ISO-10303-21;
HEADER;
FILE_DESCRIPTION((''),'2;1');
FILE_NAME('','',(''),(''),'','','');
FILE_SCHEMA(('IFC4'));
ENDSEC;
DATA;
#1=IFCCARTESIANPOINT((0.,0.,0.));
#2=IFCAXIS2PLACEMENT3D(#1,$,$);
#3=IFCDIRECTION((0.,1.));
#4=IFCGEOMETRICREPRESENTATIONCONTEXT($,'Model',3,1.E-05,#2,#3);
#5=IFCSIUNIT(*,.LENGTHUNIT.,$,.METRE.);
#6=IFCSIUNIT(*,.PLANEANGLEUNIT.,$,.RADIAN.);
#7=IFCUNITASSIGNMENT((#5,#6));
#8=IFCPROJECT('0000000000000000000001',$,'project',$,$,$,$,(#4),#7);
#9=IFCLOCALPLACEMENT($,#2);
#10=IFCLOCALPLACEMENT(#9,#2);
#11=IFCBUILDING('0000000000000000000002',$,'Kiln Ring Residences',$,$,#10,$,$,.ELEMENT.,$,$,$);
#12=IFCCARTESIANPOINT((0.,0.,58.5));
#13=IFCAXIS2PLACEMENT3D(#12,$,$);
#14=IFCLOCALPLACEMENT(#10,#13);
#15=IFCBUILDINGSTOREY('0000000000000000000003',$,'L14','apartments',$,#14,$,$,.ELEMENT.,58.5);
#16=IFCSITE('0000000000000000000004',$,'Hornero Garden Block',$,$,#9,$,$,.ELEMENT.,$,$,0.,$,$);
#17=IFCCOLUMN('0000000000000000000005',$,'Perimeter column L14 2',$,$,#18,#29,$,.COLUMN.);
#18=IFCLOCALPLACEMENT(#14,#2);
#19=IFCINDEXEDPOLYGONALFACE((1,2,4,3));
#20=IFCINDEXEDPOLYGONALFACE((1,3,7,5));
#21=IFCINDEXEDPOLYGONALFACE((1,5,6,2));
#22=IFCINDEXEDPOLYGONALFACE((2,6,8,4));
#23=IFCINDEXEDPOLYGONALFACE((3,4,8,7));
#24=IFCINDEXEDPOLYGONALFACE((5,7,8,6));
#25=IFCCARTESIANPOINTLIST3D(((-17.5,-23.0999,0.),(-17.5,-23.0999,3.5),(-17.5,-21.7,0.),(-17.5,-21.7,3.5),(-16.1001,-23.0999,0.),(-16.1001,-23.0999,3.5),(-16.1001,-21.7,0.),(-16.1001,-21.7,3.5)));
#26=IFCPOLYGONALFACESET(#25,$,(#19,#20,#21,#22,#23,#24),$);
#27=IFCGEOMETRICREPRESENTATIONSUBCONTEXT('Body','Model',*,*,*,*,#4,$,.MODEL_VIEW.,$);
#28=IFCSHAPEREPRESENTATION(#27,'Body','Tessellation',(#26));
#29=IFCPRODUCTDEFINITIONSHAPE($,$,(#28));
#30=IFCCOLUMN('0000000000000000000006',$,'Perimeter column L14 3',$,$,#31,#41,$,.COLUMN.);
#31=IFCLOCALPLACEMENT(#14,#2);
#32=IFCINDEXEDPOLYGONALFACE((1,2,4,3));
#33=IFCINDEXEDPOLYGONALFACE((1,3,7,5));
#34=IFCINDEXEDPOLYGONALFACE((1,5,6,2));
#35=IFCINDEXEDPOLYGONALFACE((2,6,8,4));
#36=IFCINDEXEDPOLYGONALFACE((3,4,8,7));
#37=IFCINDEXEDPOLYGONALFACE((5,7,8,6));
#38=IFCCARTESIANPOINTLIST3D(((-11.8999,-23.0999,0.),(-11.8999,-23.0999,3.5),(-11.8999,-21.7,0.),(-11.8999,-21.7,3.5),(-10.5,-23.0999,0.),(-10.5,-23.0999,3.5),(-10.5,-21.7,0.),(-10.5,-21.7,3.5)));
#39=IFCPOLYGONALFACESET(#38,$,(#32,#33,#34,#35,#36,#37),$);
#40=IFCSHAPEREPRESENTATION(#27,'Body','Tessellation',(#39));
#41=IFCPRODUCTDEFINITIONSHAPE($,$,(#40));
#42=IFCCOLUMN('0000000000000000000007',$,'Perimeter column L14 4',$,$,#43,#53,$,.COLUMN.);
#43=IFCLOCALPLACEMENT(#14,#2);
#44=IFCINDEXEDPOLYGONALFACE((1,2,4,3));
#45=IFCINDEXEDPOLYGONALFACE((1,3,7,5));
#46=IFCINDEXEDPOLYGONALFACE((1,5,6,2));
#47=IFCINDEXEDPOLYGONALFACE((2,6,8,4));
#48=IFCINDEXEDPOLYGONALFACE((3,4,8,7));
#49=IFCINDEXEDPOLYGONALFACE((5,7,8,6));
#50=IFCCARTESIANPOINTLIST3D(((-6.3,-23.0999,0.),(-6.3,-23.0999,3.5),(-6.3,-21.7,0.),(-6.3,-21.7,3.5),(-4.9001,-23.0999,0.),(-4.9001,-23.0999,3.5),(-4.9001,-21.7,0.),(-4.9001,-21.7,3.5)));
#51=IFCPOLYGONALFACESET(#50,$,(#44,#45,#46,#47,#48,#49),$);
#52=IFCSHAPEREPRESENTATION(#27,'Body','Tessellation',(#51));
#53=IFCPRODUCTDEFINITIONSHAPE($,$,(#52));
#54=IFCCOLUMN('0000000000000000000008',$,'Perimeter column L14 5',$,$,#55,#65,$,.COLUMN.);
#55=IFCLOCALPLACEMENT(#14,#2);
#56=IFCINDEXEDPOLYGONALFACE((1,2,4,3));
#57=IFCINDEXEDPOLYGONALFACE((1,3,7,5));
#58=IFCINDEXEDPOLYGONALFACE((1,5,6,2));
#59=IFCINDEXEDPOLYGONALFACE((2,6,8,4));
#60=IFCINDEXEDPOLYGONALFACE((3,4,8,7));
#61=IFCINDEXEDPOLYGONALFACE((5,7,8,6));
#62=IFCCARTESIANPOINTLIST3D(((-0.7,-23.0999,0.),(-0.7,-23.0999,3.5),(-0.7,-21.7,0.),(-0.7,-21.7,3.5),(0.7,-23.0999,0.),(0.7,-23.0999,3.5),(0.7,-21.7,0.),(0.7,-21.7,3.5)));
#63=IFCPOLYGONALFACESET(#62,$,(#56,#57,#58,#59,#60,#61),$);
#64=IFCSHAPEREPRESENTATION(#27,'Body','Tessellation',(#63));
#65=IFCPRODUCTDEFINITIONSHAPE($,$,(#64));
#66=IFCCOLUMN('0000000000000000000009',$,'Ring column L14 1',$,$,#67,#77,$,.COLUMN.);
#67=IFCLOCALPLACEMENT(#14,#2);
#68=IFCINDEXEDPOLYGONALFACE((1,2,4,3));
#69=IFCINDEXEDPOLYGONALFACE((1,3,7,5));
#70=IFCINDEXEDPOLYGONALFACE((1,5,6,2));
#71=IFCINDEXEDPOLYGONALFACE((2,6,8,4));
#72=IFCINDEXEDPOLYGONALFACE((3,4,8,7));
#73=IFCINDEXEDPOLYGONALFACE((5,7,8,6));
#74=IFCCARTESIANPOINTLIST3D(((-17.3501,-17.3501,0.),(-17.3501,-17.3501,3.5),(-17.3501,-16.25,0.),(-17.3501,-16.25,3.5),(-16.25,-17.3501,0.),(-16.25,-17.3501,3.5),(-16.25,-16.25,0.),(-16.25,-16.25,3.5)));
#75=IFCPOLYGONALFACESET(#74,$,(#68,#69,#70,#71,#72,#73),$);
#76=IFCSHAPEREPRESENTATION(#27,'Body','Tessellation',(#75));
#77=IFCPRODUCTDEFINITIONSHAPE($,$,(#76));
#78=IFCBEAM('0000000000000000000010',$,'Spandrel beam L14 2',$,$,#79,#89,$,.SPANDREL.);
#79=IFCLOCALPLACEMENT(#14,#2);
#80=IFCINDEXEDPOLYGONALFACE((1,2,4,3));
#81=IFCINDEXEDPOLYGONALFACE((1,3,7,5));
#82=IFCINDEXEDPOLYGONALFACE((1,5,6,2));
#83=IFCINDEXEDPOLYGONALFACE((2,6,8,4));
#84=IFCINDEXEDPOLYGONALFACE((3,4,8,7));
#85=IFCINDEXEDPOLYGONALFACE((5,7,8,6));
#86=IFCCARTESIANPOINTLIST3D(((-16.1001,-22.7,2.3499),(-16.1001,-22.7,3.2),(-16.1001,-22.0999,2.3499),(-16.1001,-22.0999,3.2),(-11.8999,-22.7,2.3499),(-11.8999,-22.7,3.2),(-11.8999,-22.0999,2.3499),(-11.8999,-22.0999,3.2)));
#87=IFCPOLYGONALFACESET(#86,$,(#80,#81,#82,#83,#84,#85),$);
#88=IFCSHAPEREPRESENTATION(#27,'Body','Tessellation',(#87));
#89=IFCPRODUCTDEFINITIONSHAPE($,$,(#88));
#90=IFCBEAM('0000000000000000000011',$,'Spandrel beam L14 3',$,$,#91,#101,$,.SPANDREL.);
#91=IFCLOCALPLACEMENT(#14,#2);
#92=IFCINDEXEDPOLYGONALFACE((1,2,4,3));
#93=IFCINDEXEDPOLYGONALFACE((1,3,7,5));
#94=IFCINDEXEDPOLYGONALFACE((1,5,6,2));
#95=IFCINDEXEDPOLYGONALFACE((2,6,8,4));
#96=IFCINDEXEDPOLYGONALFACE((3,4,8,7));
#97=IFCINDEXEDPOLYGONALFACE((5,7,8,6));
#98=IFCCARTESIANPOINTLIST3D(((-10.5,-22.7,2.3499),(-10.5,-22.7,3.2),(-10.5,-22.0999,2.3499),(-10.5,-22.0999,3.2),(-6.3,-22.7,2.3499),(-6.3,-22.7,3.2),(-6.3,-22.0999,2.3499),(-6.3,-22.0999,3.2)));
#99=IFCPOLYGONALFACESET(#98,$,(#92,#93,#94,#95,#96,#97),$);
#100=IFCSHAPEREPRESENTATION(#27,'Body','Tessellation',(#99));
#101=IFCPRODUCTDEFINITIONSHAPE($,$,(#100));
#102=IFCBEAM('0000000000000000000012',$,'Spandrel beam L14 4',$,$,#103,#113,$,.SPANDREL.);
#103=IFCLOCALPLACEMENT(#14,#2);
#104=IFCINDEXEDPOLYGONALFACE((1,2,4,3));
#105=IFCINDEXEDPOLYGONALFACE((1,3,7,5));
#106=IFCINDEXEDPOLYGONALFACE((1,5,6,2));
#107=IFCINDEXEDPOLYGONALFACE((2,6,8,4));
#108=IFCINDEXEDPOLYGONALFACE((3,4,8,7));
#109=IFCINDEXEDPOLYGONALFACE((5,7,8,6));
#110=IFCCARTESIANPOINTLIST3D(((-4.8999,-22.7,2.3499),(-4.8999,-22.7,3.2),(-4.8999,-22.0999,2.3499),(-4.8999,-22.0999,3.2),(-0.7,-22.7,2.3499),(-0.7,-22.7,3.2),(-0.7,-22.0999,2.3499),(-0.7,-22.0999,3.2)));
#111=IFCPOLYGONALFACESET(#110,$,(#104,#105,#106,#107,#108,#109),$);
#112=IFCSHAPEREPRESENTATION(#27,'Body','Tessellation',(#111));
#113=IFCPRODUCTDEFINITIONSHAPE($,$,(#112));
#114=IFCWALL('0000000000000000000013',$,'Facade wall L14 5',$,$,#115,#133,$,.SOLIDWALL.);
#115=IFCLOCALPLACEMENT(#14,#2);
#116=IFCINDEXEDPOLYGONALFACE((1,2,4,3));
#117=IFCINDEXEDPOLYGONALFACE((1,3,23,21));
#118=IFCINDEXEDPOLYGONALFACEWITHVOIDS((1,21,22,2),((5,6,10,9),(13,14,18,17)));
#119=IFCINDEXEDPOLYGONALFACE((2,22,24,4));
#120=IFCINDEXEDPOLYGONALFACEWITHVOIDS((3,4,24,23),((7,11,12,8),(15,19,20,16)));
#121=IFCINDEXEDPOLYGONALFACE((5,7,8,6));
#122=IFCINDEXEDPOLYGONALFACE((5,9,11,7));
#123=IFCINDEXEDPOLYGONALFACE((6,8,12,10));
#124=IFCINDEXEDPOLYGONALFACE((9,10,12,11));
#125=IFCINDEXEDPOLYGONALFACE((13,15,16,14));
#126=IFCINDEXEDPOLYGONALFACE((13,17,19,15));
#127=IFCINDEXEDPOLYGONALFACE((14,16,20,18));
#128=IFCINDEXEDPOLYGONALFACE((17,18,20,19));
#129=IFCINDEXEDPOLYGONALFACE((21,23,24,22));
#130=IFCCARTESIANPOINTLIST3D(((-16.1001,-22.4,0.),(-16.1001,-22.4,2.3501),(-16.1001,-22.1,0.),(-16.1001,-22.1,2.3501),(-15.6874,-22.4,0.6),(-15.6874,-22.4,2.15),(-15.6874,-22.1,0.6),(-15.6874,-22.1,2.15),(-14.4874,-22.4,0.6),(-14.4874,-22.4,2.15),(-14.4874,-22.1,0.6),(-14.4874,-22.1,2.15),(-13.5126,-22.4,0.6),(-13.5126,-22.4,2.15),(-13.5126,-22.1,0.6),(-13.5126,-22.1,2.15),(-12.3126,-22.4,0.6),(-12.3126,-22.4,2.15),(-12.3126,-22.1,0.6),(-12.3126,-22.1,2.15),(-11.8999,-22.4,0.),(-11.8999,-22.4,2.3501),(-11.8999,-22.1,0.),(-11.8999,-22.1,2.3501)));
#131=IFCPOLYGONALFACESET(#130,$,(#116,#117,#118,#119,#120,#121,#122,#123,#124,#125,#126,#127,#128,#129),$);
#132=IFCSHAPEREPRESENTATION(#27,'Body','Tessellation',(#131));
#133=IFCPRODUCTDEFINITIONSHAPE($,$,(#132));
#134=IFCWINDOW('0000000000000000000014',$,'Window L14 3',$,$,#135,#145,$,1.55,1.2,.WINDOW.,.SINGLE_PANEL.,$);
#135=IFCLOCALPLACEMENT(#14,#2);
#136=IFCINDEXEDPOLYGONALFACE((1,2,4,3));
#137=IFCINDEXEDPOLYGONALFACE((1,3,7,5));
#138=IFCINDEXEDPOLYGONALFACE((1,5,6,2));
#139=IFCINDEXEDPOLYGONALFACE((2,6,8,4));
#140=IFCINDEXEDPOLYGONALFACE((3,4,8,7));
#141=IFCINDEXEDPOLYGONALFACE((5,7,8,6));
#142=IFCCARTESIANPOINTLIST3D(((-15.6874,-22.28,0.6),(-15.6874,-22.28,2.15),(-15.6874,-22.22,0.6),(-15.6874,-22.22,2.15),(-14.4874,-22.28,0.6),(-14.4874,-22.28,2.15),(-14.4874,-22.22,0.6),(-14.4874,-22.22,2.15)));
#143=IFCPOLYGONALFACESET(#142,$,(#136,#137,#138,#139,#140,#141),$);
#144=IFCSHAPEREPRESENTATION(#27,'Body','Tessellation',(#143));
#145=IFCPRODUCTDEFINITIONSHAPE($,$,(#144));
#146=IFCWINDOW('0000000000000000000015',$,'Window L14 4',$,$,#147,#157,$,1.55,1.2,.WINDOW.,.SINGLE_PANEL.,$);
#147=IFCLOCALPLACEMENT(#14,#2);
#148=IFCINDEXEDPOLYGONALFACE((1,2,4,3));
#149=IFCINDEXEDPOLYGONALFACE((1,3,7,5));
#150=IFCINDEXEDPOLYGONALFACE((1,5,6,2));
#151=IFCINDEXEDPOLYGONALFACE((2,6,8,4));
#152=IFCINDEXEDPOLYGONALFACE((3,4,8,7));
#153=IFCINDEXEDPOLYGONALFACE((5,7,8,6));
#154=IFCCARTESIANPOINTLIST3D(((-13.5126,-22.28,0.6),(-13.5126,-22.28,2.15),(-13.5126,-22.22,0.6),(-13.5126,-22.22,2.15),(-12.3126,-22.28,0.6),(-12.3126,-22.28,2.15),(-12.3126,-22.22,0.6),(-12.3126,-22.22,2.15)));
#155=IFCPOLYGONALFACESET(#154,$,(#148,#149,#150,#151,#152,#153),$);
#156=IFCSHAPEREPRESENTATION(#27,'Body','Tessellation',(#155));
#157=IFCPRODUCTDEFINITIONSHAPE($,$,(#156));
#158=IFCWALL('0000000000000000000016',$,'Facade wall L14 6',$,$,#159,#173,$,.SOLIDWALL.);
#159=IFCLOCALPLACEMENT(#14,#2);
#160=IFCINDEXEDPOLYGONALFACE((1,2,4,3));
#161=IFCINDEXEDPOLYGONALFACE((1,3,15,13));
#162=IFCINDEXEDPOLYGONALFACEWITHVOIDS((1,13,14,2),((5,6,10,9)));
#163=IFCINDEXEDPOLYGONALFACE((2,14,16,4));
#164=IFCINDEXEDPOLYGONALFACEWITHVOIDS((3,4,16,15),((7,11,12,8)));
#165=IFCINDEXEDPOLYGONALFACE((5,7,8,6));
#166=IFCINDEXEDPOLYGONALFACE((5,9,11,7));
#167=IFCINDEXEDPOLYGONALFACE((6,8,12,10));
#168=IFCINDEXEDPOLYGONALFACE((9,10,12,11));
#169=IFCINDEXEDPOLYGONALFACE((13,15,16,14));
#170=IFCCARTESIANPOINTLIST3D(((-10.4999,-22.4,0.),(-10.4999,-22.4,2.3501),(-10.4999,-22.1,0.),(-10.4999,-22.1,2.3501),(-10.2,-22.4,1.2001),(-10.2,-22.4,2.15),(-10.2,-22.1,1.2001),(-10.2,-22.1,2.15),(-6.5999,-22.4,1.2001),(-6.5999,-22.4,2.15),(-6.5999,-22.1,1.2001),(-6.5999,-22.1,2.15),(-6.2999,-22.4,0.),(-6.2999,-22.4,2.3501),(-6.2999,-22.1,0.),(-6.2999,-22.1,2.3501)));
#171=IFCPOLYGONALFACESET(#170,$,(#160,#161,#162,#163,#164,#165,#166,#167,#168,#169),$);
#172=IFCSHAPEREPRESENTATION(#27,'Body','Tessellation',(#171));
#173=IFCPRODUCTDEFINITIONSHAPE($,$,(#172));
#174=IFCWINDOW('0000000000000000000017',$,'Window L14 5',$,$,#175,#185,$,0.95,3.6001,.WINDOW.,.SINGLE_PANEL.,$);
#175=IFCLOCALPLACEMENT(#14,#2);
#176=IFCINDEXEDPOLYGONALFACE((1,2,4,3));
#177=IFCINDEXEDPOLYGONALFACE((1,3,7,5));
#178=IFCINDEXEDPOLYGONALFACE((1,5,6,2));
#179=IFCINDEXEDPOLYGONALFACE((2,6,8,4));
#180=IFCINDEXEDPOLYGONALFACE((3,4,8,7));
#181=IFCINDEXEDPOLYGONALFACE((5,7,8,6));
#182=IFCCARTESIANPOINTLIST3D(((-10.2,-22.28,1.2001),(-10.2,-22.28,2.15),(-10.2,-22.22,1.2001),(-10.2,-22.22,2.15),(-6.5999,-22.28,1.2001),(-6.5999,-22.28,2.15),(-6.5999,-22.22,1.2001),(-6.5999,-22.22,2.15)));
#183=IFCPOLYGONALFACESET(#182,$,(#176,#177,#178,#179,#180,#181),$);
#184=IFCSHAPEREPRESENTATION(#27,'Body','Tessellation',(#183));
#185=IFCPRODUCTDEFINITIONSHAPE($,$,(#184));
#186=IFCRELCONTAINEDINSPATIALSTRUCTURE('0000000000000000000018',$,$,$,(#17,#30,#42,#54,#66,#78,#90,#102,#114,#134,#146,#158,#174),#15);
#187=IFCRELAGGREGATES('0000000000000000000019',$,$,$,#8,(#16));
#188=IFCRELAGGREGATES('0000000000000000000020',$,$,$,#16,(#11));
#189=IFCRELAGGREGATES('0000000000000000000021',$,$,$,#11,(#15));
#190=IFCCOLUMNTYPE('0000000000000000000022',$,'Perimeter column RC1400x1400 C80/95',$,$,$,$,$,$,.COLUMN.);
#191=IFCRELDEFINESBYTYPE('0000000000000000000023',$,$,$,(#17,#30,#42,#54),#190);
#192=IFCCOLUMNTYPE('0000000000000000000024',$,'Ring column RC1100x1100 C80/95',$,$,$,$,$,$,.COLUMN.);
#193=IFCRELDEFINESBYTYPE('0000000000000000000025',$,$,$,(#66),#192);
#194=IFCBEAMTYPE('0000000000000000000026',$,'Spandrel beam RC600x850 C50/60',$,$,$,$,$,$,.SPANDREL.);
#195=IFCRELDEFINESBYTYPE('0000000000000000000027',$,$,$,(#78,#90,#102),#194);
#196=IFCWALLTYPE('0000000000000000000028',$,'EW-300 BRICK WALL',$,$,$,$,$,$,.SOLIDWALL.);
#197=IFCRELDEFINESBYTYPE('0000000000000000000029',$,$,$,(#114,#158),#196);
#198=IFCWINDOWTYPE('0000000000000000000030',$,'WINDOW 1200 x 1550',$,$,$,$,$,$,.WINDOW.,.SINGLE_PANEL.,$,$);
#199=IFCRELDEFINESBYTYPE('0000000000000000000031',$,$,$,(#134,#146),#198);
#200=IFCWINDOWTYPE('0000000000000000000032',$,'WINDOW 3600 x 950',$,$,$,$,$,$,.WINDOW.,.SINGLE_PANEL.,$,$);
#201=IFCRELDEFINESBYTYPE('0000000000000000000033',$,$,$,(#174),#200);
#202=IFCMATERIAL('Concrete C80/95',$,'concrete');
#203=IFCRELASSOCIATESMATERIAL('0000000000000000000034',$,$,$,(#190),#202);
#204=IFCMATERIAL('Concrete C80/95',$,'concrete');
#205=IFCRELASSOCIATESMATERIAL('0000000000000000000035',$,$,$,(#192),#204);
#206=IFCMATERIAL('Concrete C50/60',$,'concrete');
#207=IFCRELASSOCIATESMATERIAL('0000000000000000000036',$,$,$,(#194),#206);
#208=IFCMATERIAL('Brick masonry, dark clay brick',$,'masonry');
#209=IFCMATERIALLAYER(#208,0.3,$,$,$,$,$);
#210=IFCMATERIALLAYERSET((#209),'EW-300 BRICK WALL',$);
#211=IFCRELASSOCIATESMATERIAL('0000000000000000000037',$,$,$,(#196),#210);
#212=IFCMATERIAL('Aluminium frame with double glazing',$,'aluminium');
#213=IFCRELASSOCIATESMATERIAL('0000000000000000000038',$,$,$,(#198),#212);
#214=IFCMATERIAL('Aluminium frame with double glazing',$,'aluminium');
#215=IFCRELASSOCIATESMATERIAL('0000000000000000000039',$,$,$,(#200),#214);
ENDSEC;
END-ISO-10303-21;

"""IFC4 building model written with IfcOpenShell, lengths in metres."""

from ifc_helpers import new_model, si_unit, direction, frame, frame_2d, origin, origin_2d, place, context, subcontext, project, spatial, rectangle, extrude, material, layer, layer_set, material_profile, profile_set, type_object, element, fill, save


model = new_model("IFC4")

# Units and contexts
model_context = context("Model", 3, precision=1e-05, world=origin(), true_north=direction((0.0, 1.0)))
body_context = subcontext(model_context, "Body", "Model", "MODEL_VIEW")
ifc_project = project(units=[si_unit("LENGTHUNIT", "METRE"), si_unit("PLANEANGLEUNIT", "RADIAN")], contexts=[model_context])

# Site, building, storey
site_placement = place(None, origin())
site = spatial("IfcSite", under=ifc_project, at=site_placement, Name="Hornero Garden Block", CompositionType="ELEMENT", RefElevation=0.0)
building_placement = place(site_placement, origin())
building = spatial("IfcBuilding", under=site, at=building_placement, Name="Kiln Ring Residences", CompositionType="ELEMENT")
storey_placement = place(building_placement, frame((0.0, 0.0, 58.5)))
storey = spatial("IfcBuildingStorey", under=building, at=storey_placement, Name="L14", Description="apartments", CompositionType="ELEMENT", Elevation=58.5)

# Columns
ifc_material_1 = material(Name="Concrete C80/95", Category="concrete")
ifc_material_profile_1 = material_profile(ifc_material_1, rectangle(XDim=1.3999, YDim=1.3999, at=origin_2d()), Name="RC1400x1400")
ifc_profile_set_1 = profile_set([ifc_material_profile_1], Name="Concrete C80/95")
column_type_1 = type_object("IfcColumnType", Name="Perimeter column RC1400x1400 C80/95", PredefinedType="COLUMN", material=ifc_profile_set_1)
for number, where, z_axis, x_axis, name in (
    (1, (-16.8, -22.3999, 0.0), (0.0, 0.0, 1.0), (1.0, 0.0, 0.0), "Perimeter column L14 2"),
    (2, (-11.2, -22.3999, 0.0), (0.0, 0.0, 1.0), (1.0, 0.0, 0.0), "Perimeter column L14 3"),
    (3, (-5.6001, -22.3999, 0.0), (0.0, 0.0, 1.0), (1.0, 0.0, 0.0), "Perimeter column L14 4"),
    (4, (0.0, -22.3999, 0.0), (0.0, 0.0, 1.0), (1.0, 0.0, 0.0), "Perimeter column L14 5"),
):
    element("IfcColumn", number, at=place(storey_placement, frame(where, z_axis=z_axis, x_axis=x_axis)), inside=storey, type_object=column_type_1, Name=name, PredefinedType="COLUMN", context=body_context, shape_type="SweptSolid", body=[
        extrude(rectangle(XDim=1.3999, YDim=1.3999, at=origin_2d()), origin(), (0.0, 0.0, 1.0), 3.5),
    ])
ifc_material_2 = material(Name="Concrete C80/95", Category="concrete")
ifc_material_profile_2 = material_profile(ifc_material_2, rectangle(XDim=1.1001, YDim=1.1001, at=origin_2d()), Name="RC1100x1100")
ifc_profile_set_2 = profile_set([ifc_material_profile_2], Name="Concrete C80/95")
column_type_2 = type_object("IfcColumnType", Name="Ring column RC1100x1100 C80/95", PredefinedType="COLUMN", material=ifc_profile_set_2)
column_placement = place(storey_placement, frame((-16.8, -16.8, 0.0), z_axis=(0.0, 0.0, 1.0), x_axis=(1.0, 0.0, 0.0)))
element("IfcColumn", 5, at=column_placement, inside=storey, type_object=column_type_2, Name="Ring column L14 1", PredefinedType="COLUMN", context=body_context, shape_type="SweptSolid", body=[
    extrude(rectangle(XDim=1.1001, YDim=1.1001, at=origin_2d()), origin(), (0.0, 0.0, 1.0), 3.5),
])

# Beams
ifc_material_3 = material(Name="Concrete C50/60", Category="concrete")
ifc_material_profile_3 = material_profile(ifc_material_3, rectangle(XDim=0.6001, YDim=0.8501, at=origin_2d()), Name="RC600x850")
ifc_profile_set_3 = profile_set([ifc_material_profile_3], Name="Concrete C50/60")
beam_type = type_object("IfcBeamType", Name="Spandrel beam RC600x850 C50/60", PredefinedType="SPANDREL", material=ifc_profile_set_3)
beam_placement = place(storey_placement, frame((-16.1001, -22.3999, 2.7749), z_axis=(1.0, 0.0, 0.0), x_axis=(0.0, 1.0, 0.0)))
element("IfcBeam", 6, at=beam_placement, inside=storey, type_object=beam_type, Name="Spandrel beam L14 2", PredefinedType="SPANDREL", context=body_context, shape_type="SweptSolid", body=[
    extrude(rectangle(XDim=0.6001, YDim=0.8501, at=origin_2d()), origin(), (0.0, 0.0, 1.0), 4.2002),
])
for number, where, z_axis, x_axis, name in (
    (7, (-10.5, -22.3999, 2.7749), (1.0, 0.0, 0.0), (0.0, 1.0, 0.0), "Spandrel beam L14 3"),
    (8, (-4.8999, -22.3999, 2.7749), (1.0, 0.0, 0.0), (0.0, 1.0, 0.0), "Spandrel beam L14 4"),
):
    element("IfcBeam", number, at=place(storey_placement, frame(where, z_axis=z_axis, x_axis=x_axis)), inside=storey, type_object=beam_type, Name=name, PredefinedType="SPANDREL", context=body_context, shape_type="SweptSolid", body=[
        extrude(rectangle(XDim=0.6001, YDim=0.8501, at=origin_2d()), origin(), (0.0, 0.0, 1.0), 4.2),
    ])

# Wall, openings, windows
ifc_material_4 = material(Name="Brick masonry, dark clay brick", Category="masonry")
ifc_layer_1 = layer(ifc_material_4, 0.3)
ifc_layer_set_1 = layer_set([ifc_layer_1], Name="EW-300 BRICK WALL")
wall_type_1 = type_object("IfcWallType", Name="EW-300 BRICK WALL", PredefinedType="SOLIDWALL", material=ifc_layer_set_1)
wall_1_placement = place(storey_placement, frame((-16.1001, -22.25, 0.0), z_axis=(0.0, 0.0, 1.0), x_axis=(1.0, 0.0, 0.0)))
wall_1 = element("IfcWall", 9, at=wall_1_placement, inside=storey, type_object=wall_type_1, Name="Facade wall L14 5", PredefinedType="SOLIDWALL", context=body_context, shape_type="SweptSolid", body=[
    extrude(rectangle(XDim=4.2002, YDim=0.3, at=frame_2d((2.1001, 0.0))), origin(), (0.0, 0.0, 1.0), 2.3501),
])
opening_1_placement = place(wall_1_placement, frame((0.4126, 0.0, 0.6001)))
opening_1 = element("IfcOpeningElement", 10, at=opening_1_placement, cuts=wall_1, PredefinedType="OPENING", context=body_context, shape_type="SweptSolid", body=[
    extrude(rectangle(XDim=1.2, YDim=1.55, at=frame_2d((0.6001, 0.7749))), frame((0.0, 0.1599, 0.0), z_axis=(0.0, -1.0, 0.0), x_axis=(1.0, 0.0, 0.0)), (0.0, 0.0, 1.0), 0.3201),
])
opening_2_placement = place(wall_1_placement, frame((2.5874, 0.0, 0.6001)))
opening_2 = element("IfcOpeningElement", 11, at=opening_2_placement, cuts=wall_1, PredefinedType="OPENING", context=body_context, shape_type="SweptSolid", body=[
    extrude(rectangle(XDim=1.2, YDim=1.55, at=frame_2d((0.6001, 0.7749))), frame((0.0, 0.1599, 0.0), z_axis=(0.0, -1.0, 0.0), x_axis=(1.0, 0.0, 0.0)), (0.0, 0.0, 1.0), 0.3201),
])
ifc_material_5 = material(Name="Aluminium frame with double glazing", Category="aluminium")
window_type_1 = type_object("IfcWindowType", Name="WINDOW 1200 x 1550", PartitioningType="SINGLE_PANEL", PredefinedType="WINDOW", material=ifc_material_5)
window_1_placement = place(opening_1_placement, origin())
window_1 = element("IfcWindow", 12, at=window_1_placement, inside=storey, type_object=window_type_1, Name="Window L14 3", OverallHeight=1.55, OverallWidth=1.2, PartitioningType="SINGLE_PANEL", PredefinedType="WINDOW", context=body_context, shape_type="SweptSolid", body=[
    extrude(rectangle(XDim=1.2, YDim=1.55, at=frame_2d((0.6001, 0.7749))), frame((0.0, 0.03, 0.0), z_axis=(0.0, -1.0, 0.0), x_axis=(1.0, 0.0, 0.0)), (0.0, 0.0, 1.0), 0.0601),
])
fill(opening_1, window_1)
window_2_placement = place(opening_2_placement, origin())
window_2 = element("IfcWindow", 13, at=window_2_placement, inside=storey, type_object=window_type_1, Name="Window L14 4", OverallHeight=1.55, OverallWidth=1.2, PartitioningType="SINGLE_PANEL", PredefinedType="WINDOW", context=body_context, shape_type="SweptSolid", body=[
    extrude(rectangle(XDim=1.2, YDim=1.55, at=frame_2d((0.6001, 0.7749))), frame((0.0, 0.03, 0.0), z_axis=(0.0, -1.0, 0.0), x_axis=(1.0, 0.0, 0.0)), (0.0, 0.0, 1.0), 0.0601),
])
fill(opening_2, window_2)

# Wall, opening, window
wall_2_placement = place(storey_placement, frame((-10.5, -22.25, 0.0), z_axis=(0.0, 0.0, 1.0), x_axis=(1.0, 0.0, 0.0)))
wall_2 = element("IfcWall", 14, at=wall_2_placement, inside=storey, type_object=wall_type_1, Name="Facade wall L14 6", PredefinedType="SOLIDWALL", context=body_context, shape_type="SweptSolid", body=[
    extrude(rectangle(XDim=4.2, YDim=0.3, at=frame_2d((2.1001, 0.0))), origin(), (0.0, 0.0, 1.0), 2.3501),
])
opening_3_placement = place(wall_2_placement, frame((0.3, 0.0, 1.2)))
opening_3 = element("IfcOpeningElement", 15, at=opening_3_placement, cuts=wall_2, PredefinedType="OPENING", context=body_context, shape_type="SweptSolid", body=[
    extrude(rectangle(XDim=3.6001, YDim=0.95, at=frame_2d((1.8, 0.4751))), frame((0.0, 0.1599, 0.0), z_axis=(0.0, -1.0, 0.0), x_axis=(1.0, 0.0, 0.0)), (0.0, 0.0, 1.0), 0.3201),
])
ifc_material_6 = material(Name="Aluminium frame with double glazing", Category="aluminium")
window_type_2 = type_object("IfcWindowType", Name="WINDOW 3600 x 950", PartitioningType="SINGLE_PANEL", PredefinedType="WINDOW", material=ifc_material_6)
window_3_placement = place(opening_3_placement, origin())
window_3 = element("IfcWindow", 16, at=window_3_placement, inside=storey, type_object=window_type_2, Name="Window L14 5", OverallHeight=0.95, OverallWidth=3.6001, PartitioningType="SINGLE_PANEL", PredefinedType="WINDOW", context=body_context, shape_type="SweptSolid", body=[
    extrude(rectangle(XDim=3.6001, YDim=0.95, at=frame_2d((1.8, 0.4751))), frame((0.0, 0.03, 0.0), z_axis=(0.0, -1.0, 0.0), x_axis=(1.0, 0.0, 0.0)), (0.0, 0.0, 1.0), 0.0601),
])
fill(opening_3, window_3)

save(model, "model.ifc")
